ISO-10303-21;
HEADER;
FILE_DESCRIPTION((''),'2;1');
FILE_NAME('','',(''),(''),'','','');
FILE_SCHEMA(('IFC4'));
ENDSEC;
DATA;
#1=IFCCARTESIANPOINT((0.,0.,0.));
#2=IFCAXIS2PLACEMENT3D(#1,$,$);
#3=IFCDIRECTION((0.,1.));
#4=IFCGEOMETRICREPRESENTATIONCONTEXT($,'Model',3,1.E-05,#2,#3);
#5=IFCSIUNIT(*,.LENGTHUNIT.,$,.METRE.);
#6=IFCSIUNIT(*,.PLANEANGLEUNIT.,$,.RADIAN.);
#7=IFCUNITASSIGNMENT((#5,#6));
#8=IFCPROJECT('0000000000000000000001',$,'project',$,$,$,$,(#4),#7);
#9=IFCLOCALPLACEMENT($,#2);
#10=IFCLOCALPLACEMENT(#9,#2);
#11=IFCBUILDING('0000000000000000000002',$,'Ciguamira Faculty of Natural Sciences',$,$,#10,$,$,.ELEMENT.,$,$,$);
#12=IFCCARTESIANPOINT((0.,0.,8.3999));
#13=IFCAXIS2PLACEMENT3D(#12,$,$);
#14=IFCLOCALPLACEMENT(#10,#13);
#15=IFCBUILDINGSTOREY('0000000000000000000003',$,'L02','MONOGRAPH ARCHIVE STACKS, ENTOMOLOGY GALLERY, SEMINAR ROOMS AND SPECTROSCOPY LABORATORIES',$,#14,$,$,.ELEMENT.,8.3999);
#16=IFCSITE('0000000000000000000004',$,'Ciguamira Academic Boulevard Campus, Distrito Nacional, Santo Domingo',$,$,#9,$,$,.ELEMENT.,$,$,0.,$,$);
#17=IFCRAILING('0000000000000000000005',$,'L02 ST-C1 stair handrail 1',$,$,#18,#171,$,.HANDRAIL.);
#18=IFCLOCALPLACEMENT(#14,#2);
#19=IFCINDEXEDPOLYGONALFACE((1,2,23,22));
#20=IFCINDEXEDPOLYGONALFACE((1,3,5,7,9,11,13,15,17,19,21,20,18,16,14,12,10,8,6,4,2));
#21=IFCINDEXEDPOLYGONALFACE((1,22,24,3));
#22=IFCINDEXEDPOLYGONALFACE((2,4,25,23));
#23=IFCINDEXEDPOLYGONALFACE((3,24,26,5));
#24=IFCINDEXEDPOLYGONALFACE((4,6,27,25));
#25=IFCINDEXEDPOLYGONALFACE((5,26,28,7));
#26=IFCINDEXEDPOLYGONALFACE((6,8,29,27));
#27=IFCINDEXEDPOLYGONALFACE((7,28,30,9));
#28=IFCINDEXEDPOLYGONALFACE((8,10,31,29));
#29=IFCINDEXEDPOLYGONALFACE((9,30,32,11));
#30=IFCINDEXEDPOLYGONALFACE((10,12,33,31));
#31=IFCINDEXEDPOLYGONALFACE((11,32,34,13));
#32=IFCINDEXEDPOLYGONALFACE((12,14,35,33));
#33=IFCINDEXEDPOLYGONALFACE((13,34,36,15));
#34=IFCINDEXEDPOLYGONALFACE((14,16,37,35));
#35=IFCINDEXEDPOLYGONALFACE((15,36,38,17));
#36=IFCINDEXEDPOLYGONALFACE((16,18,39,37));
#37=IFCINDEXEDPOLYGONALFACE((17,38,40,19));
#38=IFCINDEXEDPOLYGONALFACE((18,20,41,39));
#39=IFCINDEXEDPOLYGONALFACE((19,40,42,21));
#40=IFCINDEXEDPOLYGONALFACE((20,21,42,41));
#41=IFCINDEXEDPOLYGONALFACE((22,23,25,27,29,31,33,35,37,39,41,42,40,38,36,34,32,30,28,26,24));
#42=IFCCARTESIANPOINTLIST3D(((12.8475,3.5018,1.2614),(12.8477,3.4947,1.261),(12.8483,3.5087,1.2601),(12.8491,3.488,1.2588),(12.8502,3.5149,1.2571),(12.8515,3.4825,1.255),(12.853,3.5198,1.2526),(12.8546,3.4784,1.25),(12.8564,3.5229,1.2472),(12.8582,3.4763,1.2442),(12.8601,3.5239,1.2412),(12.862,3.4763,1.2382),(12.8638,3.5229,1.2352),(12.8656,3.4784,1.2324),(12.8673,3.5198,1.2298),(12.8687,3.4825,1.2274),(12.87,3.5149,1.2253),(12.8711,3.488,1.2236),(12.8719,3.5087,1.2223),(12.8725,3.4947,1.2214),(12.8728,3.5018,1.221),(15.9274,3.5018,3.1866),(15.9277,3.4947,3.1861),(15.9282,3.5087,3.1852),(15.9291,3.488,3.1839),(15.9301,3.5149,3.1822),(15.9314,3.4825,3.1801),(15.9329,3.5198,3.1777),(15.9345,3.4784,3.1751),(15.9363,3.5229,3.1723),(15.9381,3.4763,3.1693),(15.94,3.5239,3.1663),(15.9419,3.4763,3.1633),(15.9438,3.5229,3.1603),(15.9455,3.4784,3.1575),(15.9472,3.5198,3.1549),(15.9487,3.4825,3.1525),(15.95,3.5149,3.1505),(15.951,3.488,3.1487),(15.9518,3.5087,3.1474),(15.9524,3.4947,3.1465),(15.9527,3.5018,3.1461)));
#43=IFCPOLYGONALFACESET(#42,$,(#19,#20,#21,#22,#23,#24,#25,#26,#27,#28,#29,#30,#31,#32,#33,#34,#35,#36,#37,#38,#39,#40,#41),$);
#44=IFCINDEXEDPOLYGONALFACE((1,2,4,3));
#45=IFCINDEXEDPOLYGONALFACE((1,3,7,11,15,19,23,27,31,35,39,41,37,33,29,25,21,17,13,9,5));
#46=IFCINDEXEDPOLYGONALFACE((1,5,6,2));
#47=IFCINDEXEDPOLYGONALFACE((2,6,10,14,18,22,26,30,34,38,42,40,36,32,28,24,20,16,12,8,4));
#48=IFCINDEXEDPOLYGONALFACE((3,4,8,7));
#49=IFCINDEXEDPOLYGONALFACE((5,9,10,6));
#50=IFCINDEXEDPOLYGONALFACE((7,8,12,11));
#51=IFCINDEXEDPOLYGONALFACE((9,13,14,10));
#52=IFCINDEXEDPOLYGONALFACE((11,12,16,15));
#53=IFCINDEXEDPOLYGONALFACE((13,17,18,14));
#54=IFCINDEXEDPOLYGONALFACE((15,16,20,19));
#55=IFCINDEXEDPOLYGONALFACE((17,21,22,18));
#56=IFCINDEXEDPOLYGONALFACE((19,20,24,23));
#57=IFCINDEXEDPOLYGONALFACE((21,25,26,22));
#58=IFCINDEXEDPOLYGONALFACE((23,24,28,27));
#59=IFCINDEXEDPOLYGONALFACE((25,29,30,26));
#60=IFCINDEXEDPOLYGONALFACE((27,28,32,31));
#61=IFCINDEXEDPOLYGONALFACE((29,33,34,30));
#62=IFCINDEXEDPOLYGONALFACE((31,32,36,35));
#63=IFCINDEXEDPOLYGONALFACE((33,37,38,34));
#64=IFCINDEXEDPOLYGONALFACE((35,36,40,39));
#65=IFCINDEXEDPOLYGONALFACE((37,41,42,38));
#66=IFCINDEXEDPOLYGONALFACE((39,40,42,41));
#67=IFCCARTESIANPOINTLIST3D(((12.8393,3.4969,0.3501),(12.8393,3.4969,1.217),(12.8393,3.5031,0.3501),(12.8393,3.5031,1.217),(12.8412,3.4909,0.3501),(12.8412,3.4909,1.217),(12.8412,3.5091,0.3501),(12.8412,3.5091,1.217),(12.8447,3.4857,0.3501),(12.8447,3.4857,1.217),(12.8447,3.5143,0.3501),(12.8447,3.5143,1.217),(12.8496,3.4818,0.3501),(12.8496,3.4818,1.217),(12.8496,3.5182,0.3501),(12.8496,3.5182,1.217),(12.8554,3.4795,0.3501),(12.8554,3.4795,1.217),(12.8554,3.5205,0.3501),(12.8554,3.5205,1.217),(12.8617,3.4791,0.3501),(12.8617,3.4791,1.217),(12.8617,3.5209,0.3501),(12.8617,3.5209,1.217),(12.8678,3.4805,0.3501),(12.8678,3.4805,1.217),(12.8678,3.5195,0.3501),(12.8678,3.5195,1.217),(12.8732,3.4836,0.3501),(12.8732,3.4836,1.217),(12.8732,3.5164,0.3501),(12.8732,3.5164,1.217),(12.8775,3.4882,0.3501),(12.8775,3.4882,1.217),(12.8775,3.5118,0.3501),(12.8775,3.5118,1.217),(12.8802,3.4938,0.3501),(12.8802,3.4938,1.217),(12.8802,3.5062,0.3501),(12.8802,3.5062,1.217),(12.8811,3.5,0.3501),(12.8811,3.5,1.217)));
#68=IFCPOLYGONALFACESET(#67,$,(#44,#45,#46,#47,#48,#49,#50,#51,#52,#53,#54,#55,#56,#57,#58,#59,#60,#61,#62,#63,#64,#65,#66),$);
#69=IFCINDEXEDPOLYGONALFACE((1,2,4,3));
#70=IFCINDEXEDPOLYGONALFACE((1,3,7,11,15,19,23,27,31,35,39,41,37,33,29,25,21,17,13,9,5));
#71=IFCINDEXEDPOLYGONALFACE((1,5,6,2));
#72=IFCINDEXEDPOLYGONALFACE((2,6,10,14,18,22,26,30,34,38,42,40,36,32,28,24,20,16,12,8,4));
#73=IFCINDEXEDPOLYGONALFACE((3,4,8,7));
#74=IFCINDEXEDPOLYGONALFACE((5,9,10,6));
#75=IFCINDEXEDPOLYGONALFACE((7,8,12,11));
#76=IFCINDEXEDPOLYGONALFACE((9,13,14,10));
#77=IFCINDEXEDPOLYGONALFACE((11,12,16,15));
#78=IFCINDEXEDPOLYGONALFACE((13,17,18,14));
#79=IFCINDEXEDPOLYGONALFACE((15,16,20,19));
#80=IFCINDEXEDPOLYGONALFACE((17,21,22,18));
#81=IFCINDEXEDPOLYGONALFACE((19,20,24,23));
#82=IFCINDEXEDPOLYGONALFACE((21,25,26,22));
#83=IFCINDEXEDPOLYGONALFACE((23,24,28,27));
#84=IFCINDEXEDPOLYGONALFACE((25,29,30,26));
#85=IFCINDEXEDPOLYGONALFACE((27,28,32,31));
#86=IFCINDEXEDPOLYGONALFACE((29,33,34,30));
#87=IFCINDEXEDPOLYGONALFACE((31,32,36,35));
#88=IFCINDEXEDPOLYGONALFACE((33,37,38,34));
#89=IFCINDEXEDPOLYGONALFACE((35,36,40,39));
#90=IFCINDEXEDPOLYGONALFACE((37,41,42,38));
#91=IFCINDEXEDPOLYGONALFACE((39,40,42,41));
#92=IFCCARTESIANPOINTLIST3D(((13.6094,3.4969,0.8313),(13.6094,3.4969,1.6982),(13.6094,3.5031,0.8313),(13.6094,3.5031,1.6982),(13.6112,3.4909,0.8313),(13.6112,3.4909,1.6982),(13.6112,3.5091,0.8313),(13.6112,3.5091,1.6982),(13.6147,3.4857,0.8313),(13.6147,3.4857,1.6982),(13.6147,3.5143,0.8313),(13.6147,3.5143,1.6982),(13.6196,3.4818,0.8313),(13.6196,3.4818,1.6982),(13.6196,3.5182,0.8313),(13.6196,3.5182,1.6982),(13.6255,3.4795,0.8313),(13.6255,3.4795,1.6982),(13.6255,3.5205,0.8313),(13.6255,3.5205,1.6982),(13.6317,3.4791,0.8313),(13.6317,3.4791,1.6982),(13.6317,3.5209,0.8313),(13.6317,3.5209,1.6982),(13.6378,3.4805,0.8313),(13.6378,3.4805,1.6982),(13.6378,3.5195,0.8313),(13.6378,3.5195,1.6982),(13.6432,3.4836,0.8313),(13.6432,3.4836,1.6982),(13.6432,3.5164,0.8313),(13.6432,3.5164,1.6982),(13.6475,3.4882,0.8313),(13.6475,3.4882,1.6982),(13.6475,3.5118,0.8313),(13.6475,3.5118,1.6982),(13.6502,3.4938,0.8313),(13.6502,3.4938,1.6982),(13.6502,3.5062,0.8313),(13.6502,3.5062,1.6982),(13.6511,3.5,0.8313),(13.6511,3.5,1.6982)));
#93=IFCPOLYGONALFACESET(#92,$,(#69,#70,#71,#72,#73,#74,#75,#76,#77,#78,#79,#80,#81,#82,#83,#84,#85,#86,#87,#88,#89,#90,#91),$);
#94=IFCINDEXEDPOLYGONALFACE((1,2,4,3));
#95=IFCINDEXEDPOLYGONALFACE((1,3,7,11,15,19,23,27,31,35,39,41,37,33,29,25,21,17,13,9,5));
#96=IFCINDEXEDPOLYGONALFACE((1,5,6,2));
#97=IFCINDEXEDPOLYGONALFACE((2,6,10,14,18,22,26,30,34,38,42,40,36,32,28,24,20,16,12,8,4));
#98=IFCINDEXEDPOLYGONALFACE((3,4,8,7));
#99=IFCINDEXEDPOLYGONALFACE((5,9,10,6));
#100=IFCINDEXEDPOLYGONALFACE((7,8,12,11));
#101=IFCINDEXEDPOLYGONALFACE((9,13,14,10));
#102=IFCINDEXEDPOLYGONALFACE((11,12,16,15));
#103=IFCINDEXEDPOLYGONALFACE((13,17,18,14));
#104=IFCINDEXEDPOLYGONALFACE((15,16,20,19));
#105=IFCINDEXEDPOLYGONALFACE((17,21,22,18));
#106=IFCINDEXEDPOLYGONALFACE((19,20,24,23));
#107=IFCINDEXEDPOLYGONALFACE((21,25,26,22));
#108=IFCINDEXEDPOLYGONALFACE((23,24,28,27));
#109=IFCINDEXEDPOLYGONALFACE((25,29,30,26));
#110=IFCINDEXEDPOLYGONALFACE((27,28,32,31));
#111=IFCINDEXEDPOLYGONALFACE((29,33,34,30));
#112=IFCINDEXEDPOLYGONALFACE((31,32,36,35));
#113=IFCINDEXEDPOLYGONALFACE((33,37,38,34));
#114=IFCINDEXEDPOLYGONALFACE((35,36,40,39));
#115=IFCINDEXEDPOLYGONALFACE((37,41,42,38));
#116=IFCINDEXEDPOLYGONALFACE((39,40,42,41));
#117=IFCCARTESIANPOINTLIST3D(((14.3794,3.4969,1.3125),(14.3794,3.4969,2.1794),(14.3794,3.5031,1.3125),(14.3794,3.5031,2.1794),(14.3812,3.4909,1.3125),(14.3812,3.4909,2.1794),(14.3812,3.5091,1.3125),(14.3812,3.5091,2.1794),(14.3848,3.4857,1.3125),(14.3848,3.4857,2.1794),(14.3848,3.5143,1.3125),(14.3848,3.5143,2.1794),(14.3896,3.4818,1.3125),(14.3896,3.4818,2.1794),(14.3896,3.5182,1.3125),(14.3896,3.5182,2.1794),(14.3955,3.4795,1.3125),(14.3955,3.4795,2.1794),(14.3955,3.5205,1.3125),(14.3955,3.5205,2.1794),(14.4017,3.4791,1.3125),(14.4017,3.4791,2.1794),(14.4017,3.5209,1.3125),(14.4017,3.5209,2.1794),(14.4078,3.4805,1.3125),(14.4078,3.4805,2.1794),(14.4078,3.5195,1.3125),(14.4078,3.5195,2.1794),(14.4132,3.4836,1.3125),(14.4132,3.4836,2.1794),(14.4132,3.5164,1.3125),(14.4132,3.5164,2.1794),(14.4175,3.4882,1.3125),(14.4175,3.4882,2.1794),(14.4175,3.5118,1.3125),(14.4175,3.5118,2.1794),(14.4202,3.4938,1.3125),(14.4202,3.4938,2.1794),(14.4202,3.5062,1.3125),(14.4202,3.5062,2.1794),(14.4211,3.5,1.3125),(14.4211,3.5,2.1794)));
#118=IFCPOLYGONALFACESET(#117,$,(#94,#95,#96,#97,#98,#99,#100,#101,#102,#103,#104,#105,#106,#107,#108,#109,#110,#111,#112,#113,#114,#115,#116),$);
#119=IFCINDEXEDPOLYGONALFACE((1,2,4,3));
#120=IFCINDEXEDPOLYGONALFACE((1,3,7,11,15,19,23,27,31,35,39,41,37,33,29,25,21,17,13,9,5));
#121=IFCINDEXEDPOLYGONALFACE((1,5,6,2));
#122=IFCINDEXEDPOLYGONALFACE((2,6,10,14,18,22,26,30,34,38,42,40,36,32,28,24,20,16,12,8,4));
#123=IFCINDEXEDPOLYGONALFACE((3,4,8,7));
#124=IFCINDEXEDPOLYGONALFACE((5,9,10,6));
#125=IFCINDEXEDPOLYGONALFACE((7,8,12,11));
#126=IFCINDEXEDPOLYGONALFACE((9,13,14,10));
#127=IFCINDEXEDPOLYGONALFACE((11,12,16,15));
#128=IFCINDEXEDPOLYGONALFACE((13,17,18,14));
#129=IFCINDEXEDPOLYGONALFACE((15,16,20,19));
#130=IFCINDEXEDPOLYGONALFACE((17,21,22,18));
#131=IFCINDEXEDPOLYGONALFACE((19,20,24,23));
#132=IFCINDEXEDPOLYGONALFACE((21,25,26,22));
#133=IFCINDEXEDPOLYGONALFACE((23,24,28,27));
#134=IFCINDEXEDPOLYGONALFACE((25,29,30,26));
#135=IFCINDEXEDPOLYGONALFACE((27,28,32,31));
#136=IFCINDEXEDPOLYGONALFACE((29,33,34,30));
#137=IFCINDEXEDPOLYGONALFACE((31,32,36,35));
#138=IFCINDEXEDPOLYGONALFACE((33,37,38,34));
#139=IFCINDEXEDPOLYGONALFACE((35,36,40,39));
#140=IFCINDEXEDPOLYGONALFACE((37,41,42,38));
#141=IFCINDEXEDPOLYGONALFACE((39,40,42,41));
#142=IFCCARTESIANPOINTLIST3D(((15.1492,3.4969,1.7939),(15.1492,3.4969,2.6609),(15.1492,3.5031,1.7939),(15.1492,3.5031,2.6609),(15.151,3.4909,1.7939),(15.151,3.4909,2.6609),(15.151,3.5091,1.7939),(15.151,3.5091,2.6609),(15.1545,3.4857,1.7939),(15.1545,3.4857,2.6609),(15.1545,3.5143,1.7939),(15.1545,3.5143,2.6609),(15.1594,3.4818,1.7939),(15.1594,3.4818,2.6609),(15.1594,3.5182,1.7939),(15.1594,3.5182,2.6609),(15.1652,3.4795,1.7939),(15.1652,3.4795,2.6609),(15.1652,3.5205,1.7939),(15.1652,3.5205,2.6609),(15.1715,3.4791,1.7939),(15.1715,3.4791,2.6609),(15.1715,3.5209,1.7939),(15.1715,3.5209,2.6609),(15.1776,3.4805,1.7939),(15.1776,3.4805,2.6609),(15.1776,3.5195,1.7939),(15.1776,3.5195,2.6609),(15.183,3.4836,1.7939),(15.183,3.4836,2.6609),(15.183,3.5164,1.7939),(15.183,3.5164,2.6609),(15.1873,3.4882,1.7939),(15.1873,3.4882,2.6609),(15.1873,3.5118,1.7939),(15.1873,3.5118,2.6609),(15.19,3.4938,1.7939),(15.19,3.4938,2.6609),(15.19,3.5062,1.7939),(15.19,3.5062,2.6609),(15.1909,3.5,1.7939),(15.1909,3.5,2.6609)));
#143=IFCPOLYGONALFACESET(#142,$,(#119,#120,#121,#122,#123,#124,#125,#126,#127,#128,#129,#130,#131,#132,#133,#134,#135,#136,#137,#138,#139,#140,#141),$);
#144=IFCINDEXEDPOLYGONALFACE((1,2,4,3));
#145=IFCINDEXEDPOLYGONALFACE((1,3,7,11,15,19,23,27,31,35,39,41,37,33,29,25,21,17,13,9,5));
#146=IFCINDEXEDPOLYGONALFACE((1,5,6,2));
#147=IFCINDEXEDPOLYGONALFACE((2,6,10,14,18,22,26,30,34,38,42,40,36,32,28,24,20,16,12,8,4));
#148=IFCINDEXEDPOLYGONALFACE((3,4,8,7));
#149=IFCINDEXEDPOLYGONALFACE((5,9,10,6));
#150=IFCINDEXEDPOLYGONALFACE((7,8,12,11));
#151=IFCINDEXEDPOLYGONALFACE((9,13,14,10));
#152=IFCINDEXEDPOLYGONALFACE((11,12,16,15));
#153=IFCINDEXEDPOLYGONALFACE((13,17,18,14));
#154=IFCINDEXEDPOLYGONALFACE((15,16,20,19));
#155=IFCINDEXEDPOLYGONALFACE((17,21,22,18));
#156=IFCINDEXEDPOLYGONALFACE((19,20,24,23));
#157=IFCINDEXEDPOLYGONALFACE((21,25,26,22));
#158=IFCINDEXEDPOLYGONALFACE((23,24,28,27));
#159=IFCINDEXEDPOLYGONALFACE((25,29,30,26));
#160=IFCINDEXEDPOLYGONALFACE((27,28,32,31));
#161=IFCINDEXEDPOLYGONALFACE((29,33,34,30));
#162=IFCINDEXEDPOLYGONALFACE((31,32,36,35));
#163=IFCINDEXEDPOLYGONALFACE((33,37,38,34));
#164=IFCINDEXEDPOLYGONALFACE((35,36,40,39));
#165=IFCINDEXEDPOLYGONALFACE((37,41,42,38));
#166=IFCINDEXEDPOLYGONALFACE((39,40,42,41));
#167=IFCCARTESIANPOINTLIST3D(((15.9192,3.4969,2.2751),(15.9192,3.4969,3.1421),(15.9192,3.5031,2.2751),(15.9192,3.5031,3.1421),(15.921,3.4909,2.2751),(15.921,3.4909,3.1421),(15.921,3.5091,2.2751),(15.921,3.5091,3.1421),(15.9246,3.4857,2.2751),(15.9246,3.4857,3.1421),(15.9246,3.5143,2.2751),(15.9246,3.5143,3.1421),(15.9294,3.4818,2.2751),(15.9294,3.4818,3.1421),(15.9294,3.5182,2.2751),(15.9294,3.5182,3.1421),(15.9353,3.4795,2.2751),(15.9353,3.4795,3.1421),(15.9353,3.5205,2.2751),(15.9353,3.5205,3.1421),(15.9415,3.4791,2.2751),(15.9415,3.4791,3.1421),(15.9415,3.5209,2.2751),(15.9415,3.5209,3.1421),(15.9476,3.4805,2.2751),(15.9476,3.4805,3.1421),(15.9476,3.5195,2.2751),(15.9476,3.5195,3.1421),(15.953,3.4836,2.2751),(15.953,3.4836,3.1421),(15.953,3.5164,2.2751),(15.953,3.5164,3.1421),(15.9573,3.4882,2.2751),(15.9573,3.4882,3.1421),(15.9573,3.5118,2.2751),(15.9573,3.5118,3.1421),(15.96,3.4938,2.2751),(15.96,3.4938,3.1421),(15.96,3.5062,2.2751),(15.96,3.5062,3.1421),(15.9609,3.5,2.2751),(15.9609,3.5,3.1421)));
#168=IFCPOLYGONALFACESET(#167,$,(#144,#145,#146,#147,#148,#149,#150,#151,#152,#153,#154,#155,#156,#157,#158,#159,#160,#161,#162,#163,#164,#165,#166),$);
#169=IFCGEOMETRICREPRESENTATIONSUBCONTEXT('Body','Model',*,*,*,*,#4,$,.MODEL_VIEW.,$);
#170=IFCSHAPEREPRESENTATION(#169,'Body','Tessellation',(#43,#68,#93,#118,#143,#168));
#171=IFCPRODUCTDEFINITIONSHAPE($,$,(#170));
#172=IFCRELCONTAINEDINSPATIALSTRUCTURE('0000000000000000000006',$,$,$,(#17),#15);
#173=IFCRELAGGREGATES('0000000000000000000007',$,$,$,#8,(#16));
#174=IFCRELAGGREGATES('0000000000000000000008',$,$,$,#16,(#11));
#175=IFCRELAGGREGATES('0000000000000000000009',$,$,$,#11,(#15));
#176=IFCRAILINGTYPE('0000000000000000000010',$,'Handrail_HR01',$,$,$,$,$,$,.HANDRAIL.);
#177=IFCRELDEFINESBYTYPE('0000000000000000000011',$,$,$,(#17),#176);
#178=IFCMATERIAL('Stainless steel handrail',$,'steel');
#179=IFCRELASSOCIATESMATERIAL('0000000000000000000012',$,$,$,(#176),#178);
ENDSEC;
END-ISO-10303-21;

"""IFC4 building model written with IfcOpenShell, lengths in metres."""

from ifc_helpers import new_model, si_unit, direction, frame, origin, origin_2d, place, context, subcontext, project, spatial, circle, extrude, material, type_object, element, save


model = new_model("IFC4")

# Units and contexts
model_context = context("Model", 3, precision=1e-05, world=origin(), true_north=direction((0.0, 1.0)))
body_context = subcontext(model_context, "Body", "Model", "MODEL_VIEW")
ifc_project = project(units=[si_unit("LENGTHUNIT", "METRE"), si_unit("PLANEANGLEUNIT", "RADIAN")], contexts=[model_context])

# Site, building, storey
site_placement = place(None, origin())
site = spatial("IfcSite", under=ifc_project, at=site_placement, Name="Ciguamira Academic Boulevard Campus, Distrito Nacional, Santo Domingo", CompositionType="ELEMENT", RefElevation=0.0)
building_placement = place(site_placement, origin())
building = spatial("IfcBuilding", under=site, at=building_placement, Name="Ciguamira Faculty of Natural Sciences", CompositionType="ELEMENT")
storey_placement = place(building_placement, frame((0.0, 0.0, 8.3999)))
storey = spatial("IfcBuildingStorey", under=building, at=storey_placement, Name="L02", Description="MONOGRAPH ARCHIVE STACKS, ENTOMOLOGY GALLERY, SEMINAR ROOMS AND SPECTROSCOPY LABORATORIES", CompositionType="ELEMENT", Elevation=8.3999)

# Railing
ifc_material_1 = material(Name="Stainless steel handrail", Category="steel")
railing_type = type_object("IfcRailingType", Name="Handrail_HR01", PredefinedType="HANDRAIL", material=ifc_material_1)
railing_placement = place(storey_placement, frame((12.8601, 3.5, 0.3501)))
element("IfcRailing", 1, at=railing_placement, inside=storey, type_object=railing_type, Name="L02 ST-C1 stair handrail 1", PredefinedType="HANDRAIL", context=body_context, shape_type="SweptSolid", body=[
    extrude(circle(Radius=0.0239, at=origin_2d()), frame((0.0, 0.0, 0.8911), z_axis=(0.847979, 0.0, 0.530029), x_axis=(0.0, 1.0, 0.0)), (0.0, 0.0, 1.0), 3.6321),
    extrude(circle(Radius=0.021, at=origin_2d()), origin(), (0.0, 0.0, 1.0), 0.8669),
    extrude(circle(Radius=0.021, at=origin_2d()), frame((0.77, 0.0, 0.4812)), (0.0, 0.0, 1.0), 0.8669),
    extrude(circle(Radius=0.021, at=origin_2d()), frame((1.54, 0.0, 0.9624)), (0.0, 0.0, 1.0), 0.8669),
    extrude(circle(Radius=0.021, at=origin_2d()), frame((2.3098, 0.0, 1.4438)), (0.0, 0.0, 1.0), 0.8669),
    extrude(circle(Radius=0.021, at=origin_2d()), frame((3.0798, 0.0, 1.925)), (0.0, 0.0, 1.0), 0.8669),
])

save(model, "model.ifc")
